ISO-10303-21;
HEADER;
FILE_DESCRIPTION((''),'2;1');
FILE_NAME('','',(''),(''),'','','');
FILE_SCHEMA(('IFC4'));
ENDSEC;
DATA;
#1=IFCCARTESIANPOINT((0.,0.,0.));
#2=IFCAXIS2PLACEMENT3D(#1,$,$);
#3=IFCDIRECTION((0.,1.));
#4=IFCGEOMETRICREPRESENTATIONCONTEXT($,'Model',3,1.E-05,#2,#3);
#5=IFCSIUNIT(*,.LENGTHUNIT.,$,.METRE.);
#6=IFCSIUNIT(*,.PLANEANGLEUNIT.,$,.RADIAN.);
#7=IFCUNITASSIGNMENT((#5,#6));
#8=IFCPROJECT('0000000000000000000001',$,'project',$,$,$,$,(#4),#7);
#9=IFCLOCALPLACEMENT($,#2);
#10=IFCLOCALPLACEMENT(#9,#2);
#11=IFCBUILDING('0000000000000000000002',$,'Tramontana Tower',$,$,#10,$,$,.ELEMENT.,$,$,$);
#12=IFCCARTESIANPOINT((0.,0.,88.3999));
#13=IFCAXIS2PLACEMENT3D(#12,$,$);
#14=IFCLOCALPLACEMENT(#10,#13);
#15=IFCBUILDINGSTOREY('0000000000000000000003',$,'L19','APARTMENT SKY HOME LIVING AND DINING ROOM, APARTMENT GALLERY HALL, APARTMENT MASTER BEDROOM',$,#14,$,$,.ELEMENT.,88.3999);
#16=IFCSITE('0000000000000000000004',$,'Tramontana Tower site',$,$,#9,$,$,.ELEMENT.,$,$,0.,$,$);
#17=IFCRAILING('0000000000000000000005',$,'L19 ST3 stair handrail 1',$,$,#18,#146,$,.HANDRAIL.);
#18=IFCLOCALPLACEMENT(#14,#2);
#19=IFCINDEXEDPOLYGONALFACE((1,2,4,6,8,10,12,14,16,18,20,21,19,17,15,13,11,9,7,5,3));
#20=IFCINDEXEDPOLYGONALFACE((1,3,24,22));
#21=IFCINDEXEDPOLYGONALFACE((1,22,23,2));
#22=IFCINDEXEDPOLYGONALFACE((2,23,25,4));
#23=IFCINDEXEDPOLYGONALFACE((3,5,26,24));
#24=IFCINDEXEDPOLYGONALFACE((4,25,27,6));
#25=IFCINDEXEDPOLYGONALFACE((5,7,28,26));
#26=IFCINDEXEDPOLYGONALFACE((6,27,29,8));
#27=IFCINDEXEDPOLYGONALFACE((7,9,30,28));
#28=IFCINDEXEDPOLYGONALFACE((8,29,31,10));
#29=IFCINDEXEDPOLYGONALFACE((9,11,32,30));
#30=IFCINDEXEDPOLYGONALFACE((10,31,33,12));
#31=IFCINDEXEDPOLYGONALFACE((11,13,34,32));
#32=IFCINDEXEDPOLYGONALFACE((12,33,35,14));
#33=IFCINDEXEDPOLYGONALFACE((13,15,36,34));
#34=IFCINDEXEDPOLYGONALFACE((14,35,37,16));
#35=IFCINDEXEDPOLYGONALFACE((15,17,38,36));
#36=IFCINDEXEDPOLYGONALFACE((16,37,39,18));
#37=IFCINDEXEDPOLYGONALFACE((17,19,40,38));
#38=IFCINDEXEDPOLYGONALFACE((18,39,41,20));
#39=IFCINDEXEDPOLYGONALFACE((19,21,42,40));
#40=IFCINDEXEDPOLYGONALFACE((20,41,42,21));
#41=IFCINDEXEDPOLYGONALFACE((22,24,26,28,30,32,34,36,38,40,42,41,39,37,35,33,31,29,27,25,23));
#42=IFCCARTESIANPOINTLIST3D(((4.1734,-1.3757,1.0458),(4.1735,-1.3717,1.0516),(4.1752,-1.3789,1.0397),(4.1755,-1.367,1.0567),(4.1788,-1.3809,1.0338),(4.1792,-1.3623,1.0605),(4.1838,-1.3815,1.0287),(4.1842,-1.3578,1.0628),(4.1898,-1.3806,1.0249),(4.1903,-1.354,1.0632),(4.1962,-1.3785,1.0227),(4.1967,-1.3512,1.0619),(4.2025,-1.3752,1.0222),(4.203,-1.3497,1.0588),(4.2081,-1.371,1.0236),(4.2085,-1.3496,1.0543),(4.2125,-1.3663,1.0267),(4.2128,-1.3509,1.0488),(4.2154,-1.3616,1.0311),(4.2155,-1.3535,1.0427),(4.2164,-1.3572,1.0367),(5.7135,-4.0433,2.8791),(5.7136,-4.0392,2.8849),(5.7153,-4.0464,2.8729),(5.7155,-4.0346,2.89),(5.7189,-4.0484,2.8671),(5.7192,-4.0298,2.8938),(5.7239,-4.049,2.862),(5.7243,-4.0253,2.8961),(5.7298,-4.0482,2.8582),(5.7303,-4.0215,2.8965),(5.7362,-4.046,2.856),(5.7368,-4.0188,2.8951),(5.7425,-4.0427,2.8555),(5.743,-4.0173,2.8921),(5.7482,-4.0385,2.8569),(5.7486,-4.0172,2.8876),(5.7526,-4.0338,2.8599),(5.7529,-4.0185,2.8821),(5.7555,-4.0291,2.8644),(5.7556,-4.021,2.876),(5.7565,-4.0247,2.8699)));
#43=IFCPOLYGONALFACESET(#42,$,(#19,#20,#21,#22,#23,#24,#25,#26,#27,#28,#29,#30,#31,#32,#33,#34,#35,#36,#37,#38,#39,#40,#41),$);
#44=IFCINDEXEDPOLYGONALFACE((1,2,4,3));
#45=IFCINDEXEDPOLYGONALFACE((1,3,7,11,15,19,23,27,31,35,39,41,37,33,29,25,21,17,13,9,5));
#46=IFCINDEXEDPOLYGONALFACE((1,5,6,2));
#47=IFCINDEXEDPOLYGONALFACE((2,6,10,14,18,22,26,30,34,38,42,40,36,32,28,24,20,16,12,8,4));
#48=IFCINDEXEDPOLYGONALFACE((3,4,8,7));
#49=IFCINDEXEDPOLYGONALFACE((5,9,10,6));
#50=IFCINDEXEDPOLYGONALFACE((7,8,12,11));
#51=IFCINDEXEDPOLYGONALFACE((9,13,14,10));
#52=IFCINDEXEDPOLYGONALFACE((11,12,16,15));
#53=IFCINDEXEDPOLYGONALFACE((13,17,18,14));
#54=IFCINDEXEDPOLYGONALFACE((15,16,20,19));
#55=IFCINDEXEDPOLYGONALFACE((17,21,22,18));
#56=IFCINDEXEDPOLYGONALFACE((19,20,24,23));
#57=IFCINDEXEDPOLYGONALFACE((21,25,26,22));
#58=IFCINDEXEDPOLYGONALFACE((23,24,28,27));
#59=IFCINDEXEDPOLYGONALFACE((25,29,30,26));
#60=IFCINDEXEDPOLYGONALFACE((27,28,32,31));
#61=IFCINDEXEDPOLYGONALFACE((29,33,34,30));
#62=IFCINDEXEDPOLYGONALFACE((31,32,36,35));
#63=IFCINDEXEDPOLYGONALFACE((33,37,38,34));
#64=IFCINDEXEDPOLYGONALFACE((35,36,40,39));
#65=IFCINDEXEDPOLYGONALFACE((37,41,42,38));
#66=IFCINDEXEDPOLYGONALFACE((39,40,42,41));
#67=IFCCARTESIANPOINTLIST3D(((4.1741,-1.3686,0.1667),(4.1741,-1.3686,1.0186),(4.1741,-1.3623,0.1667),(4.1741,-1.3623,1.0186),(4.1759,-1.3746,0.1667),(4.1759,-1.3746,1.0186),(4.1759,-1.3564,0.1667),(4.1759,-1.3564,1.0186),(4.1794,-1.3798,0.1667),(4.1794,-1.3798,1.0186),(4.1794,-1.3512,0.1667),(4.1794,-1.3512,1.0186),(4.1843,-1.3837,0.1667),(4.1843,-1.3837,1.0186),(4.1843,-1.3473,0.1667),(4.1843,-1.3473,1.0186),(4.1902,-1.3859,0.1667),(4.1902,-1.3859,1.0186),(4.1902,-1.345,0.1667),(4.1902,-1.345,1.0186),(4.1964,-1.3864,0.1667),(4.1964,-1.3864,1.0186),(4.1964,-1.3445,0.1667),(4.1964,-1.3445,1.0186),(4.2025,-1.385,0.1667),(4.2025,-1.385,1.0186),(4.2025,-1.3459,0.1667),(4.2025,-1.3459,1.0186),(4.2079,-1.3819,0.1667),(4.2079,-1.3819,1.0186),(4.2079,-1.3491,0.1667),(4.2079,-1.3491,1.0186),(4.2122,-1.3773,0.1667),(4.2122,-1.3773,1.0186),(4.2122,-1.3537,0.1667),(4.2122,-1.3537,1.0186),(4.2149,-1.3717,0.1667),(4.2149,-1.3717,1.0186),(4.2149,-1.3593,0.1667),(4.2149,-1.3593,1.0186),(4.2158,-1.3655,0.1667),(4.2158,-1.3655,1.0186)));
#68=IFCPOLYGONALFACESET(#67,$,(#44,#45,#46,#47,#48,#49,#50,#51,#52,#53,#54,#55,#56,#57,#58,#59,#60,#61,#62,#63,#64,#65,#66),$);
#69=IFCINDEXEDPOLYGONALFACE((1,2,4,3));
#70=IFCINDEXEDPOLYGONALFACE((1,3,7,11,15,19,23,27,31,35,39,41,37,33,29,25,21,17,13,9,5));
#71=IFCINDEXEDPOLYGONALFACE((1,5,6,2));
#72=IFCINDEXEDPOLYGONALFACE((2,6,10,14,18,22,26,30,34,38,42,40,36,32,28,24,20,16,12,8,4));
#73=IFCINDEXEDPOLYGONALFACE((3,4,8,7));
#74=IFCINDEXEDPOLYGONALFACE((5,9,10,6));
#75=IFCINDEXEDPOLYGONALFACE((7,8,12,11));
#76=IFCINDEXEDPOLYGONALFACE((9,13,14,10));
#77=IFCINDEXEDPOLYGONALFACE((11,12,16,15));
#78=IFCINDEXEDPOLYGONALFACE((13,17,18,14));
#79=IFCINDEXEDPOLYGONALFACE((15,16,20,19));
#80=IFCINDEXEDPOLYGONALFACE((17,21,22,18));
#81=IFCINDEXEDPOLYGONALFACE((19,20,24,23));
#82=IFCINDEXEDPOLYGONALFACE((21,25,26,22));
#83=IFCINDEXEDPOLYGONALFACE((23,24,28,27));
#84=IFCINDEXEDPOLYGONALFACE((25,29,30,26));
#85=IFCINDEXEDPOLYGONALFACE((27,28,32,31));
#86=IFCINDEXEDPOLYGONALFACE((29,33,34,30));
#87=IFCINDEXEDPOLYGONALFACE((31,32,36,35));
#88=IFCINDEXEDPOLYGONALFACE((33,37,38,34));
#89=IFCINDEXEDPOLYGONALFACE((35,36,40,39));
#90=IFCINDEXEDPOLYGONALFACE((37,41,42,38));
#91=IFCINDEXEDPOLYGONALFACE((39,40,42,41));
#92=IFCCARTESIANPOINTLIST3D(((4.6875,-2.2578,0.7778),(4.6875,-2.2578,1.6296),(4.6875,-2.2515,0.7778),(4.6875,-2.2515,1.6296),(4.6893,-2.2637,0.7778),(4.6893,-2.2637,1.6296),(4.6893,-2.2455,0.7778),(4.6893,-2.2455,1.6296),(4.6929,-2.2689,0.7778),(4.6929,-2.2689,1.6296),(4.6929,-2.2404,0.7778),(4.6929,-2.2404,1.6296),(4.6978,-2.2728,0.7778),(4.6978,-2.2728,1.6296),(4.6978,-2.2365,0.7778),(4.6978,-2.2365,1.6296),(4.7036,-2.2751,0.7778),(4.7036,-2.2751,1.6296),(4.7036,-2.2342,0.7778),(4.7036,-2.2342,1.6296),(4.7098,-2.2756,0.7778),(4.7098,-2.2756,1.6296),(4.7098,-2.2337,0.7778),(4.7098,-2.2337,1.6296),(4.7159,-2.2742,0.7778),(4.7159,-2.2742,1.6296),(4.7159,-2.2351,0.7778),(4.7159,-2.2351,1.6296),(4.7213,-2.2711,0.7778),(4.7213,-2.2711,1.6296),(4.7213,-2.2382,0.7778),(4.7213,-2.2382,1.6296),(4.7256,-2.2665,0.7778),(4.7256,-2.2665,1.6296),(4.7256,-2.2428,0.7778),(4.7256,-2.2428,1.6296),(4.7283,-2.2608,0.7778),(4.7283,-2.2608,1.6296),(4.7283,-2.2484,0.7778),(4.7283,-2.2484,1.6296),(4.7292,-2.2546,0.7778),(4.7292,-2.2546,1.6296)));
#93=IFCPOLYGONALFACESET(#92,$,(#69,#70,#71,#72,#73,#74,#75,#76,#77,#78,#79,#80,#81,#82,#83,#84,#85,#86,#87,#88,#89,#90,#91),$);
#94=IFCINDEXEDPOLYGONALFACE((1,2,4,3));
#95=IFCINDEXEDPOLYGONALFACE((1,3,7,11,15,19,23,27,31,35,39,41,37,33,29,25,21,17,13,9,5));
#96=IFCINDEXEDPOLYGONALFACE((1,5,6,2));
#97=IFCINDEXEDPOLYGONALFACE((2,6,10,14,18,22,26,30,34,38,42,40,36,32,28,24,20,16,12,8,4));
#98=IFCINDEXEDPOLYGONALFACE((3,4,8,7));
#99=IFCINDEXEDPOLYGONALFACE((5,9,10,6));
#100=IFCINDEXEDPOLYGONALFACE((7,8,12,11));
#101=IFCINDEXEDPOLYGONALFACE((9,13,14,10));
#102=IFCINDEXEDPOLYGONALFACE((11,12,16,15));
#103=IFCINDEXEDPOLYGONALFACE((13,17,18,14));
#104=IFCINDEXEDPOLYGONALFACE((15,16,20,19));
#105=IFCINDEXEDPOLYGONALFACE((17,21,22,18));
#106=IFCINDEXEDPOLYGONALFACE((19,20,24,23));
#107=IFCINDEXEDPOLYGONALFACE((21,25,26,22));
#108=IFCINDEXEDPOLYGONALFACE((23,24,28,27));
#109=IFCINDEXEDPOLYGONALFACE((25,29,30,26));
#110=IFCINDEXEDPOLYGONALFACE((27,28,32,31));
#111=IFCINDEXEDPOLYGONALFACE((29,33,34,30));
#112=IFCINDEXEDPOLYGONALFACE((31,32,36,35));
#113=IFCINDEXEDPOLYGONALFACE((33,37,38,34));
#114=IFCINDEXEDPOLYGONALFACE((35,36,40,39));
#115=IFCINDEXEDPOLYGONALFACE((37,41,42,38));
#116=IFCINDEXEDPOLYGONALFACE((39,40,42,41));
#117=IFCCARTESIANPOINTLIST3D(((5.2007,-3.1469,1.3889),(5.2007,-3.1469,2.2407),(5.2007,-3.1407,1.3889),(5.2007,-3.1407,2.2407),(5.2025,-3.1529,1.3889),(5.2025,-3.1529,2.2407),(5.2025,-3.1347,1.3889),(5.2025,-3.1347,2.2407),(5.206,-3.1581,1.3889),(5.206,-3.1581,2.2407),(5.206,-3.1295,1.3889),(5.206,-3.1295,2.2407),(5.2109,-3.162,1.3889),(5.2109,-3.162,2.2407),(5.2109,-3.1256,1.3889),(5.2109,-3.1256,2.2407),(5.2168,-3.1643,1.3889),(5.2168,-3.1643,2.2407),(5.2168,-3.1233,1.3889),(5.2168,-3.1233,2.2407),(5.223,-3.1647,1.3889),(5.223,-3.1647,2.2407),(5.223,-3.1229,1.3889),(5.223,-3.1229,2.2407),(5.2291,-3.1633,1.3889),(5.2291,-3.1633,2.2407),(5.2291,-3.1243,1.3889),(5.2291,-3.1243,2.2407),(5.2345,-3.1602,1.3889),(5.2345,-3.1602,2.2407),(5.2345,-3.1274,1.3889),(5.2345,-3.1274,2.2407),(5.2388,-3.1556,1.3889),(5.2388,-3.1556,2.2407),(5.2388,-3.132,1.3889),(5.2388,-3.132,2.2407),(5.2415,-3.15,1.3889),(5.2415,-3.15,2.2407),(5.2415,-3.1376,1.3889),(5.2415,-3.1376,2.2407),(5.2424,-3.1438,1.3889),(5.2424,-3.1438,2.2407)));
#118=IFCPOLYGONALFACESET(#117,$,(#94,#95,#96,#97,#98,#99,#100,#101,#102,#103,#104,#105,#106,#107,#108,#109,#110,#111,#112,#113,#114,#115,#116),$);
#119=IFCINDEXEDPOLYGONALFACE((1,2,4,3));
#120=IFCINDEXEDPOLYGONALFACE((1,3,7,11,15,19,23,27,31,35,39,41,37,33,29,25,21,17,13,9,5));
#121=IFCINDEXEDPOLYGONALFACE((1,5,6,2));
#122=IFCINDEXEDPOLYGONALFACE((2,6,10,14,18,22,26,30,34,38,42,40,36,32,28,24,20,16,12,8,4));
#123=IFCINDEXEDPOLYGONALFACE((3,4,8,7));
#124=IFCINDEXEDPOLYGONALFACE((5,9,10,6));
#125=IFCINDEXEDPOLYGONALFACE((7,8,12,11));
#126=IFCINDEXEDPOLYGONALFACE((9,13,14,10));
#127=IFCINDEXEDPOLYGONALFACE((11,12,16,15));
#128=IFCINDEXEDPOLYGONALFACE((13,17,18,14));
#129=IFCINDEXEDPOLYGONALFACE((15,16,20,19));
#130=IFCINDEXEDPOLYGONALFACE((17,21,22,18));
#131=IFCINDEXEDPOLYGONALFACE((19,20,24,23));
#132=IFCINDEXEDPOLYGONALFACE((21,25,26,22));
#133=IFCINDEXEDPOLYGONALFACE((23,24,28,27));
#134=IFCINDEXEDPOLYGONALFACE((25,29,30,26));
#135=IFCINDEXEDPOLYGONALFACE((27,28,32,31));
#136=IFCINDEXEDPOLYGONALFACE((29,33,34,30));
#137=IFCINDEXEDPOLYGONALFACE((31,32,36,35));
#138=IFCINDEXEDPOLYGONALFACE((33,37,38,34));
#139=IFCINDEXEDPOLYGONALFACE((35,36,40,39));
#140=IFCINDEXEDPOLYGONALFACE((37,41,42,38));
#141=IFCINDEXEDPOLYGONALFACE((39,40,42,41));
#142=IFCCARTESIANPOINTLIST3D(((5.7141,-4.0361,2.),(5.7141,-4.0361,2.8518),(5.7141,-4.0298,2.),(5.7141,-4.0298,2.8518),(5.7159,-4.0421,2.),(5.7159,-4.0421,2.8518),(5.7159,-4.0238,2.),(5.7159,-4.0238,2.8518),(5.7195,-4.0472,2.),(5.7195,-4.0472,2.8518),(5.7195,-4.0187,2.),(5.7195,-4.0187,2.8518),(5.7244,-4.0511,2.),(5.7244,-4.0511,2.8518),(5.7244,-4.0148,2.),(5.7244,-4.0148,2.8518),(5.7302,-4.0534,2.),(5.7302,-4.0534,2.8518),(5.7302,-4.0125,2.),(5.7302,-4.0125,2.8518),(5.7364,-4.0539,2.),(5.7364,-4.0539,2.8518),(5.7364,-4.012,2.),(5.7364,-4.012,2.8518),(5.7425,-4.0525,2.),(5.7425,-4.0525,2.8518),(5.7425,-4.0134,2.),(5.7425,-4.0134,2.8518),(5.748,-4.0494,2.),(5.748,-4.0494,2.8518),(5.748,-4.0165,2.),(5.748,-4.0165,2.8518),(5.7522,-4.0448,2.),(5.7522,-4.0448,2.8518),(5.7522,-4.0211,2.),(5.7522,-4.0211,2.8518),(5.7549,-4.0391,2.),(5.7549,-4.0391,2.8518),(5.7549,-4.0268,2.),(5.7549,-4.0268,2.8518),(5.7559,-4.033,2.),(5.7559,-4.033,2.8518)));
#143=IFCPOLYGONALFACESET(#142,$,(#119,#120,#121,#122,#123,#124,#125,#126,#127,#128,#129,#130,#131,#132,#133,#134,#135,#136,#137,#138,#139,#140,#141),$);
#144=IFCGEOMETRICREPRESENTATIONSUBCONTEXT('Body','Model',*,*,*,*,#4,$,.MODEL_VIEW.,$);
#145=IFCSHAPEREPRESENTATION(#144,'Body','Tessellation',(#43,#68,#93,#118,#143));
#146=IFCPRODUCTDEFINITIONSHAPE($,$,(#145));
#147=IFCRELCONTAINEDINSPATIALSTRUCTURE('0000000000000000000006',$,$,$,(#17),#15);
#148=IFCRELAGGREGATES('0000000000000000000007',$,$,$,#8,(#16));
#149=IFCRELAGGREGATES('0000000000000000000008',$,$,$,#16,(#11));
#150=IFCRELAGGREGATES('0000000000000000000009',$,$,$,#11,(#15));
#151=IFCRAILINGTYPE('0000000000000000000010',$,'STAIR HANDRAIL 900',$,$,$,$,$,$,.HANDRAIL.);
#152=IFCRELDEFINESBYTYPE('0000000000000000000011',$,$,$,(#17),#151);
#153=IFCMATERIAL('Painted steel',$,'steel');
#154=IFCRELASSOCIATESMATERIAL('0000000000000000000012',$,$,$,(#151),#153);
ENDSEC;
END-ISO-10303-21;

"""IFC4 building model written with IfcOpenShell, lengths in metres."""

from ifc_helpers import new_model, si_unit, direction, frame, origin, origin_2d, place, context, subcontext, project, spatial, circle, extrude, material, type_object, element, save


model = new_model("IFC4")

# Units and contexts
model_context = context("Model", 3, precision=1e-05, world=origin(), true_north=direction((0.0, 1.0)))
body_context = subcontext(model_context, "Body", "Model", "MODEL_VIEW")
ifc_project = project(units=[si_unit("LENGTHUNIT", "METRE"), si_unit("PLANEANGLEUNIT", "RADIAN")], contexts=[model_context])

# Site, building, storey
site_placement = place(None, origin())
site = spatial("IfcSite", under=ifc_project, at=site_placement, Name="Tramontana Tower site", CompositionType="ELEMENT", RefElevation=0.0)
building_placement = place(site_placement, origin())
building = spatial("IfcBuilding", under=site, at=building_placement, Name="Tramontana Tower", CompositionType="ELEMENT")
storey_placement = place(building_placement, frame((0.0, 0.0, 88.3999)))
storey = spatial("IfcBuildingStorey", under=building, at=storey_placement, Name="L19", Description="APARTMENT SKY HOME LIVING AND DINING ROOM, APARTMENT GALLERY HALL, APARTMENT MASTER BEDROOM", CompositionType="ELEMENT", Elevation=88.3999)

# Railing
ifc_material_1 = material(Name="Painted steel", Category="steel")
railing_type_1 = type_object("IfcRailingType", Name="STAIR HANDRAIL 900", PredefinedType="HANDRAIL", material=ifc_material_1)
railing_1_placement = place(storey_placement, frame((4.1948, -1.3655, 0.1667)))
element("IfcRailing", 1, at=railing_1_placement, inside=storey, type_object=railing_type_1, Name="L19 ST3 stair handrail 1", PredefinedType="HANDRAIL", context=body_context, shape_type="SweptSolid", body=[
    extrude(circle(Radius=0.0239, at=origin_2d()), frame((0.0, 0.0, 0.876), z_axis=(0.429649, -0.74419, 0.511452), x_axis=(0.86603, 0.499992, 0.0)), (0.0, 0.0, 1.0), 3.5845),
    extrude(circle(Radius=0.021, at=origin_2d()), origin(), (0.0, 0.0, 1.0), 0.8518),
    extrude(circle(Radius=0.021, at=origin_2d()), frame((0.5134, -0.8892, 0.6111)), (0.0, 0.0, 1.0), 0.8518),
    extrude(circle(Radius=0.021, at=origin_2d()), frame((1.0266, -1.7783, 1.2222)), (0.0, 0.0, 1.0), 0.8518),
    extrude(circle(Radius=0.021, at=origin_2d()), frame((1.54, -2.6675, 1.8333)), (0.0, 0.0, 1.0), 0.8518),
])

save(model, "model.ifc")
